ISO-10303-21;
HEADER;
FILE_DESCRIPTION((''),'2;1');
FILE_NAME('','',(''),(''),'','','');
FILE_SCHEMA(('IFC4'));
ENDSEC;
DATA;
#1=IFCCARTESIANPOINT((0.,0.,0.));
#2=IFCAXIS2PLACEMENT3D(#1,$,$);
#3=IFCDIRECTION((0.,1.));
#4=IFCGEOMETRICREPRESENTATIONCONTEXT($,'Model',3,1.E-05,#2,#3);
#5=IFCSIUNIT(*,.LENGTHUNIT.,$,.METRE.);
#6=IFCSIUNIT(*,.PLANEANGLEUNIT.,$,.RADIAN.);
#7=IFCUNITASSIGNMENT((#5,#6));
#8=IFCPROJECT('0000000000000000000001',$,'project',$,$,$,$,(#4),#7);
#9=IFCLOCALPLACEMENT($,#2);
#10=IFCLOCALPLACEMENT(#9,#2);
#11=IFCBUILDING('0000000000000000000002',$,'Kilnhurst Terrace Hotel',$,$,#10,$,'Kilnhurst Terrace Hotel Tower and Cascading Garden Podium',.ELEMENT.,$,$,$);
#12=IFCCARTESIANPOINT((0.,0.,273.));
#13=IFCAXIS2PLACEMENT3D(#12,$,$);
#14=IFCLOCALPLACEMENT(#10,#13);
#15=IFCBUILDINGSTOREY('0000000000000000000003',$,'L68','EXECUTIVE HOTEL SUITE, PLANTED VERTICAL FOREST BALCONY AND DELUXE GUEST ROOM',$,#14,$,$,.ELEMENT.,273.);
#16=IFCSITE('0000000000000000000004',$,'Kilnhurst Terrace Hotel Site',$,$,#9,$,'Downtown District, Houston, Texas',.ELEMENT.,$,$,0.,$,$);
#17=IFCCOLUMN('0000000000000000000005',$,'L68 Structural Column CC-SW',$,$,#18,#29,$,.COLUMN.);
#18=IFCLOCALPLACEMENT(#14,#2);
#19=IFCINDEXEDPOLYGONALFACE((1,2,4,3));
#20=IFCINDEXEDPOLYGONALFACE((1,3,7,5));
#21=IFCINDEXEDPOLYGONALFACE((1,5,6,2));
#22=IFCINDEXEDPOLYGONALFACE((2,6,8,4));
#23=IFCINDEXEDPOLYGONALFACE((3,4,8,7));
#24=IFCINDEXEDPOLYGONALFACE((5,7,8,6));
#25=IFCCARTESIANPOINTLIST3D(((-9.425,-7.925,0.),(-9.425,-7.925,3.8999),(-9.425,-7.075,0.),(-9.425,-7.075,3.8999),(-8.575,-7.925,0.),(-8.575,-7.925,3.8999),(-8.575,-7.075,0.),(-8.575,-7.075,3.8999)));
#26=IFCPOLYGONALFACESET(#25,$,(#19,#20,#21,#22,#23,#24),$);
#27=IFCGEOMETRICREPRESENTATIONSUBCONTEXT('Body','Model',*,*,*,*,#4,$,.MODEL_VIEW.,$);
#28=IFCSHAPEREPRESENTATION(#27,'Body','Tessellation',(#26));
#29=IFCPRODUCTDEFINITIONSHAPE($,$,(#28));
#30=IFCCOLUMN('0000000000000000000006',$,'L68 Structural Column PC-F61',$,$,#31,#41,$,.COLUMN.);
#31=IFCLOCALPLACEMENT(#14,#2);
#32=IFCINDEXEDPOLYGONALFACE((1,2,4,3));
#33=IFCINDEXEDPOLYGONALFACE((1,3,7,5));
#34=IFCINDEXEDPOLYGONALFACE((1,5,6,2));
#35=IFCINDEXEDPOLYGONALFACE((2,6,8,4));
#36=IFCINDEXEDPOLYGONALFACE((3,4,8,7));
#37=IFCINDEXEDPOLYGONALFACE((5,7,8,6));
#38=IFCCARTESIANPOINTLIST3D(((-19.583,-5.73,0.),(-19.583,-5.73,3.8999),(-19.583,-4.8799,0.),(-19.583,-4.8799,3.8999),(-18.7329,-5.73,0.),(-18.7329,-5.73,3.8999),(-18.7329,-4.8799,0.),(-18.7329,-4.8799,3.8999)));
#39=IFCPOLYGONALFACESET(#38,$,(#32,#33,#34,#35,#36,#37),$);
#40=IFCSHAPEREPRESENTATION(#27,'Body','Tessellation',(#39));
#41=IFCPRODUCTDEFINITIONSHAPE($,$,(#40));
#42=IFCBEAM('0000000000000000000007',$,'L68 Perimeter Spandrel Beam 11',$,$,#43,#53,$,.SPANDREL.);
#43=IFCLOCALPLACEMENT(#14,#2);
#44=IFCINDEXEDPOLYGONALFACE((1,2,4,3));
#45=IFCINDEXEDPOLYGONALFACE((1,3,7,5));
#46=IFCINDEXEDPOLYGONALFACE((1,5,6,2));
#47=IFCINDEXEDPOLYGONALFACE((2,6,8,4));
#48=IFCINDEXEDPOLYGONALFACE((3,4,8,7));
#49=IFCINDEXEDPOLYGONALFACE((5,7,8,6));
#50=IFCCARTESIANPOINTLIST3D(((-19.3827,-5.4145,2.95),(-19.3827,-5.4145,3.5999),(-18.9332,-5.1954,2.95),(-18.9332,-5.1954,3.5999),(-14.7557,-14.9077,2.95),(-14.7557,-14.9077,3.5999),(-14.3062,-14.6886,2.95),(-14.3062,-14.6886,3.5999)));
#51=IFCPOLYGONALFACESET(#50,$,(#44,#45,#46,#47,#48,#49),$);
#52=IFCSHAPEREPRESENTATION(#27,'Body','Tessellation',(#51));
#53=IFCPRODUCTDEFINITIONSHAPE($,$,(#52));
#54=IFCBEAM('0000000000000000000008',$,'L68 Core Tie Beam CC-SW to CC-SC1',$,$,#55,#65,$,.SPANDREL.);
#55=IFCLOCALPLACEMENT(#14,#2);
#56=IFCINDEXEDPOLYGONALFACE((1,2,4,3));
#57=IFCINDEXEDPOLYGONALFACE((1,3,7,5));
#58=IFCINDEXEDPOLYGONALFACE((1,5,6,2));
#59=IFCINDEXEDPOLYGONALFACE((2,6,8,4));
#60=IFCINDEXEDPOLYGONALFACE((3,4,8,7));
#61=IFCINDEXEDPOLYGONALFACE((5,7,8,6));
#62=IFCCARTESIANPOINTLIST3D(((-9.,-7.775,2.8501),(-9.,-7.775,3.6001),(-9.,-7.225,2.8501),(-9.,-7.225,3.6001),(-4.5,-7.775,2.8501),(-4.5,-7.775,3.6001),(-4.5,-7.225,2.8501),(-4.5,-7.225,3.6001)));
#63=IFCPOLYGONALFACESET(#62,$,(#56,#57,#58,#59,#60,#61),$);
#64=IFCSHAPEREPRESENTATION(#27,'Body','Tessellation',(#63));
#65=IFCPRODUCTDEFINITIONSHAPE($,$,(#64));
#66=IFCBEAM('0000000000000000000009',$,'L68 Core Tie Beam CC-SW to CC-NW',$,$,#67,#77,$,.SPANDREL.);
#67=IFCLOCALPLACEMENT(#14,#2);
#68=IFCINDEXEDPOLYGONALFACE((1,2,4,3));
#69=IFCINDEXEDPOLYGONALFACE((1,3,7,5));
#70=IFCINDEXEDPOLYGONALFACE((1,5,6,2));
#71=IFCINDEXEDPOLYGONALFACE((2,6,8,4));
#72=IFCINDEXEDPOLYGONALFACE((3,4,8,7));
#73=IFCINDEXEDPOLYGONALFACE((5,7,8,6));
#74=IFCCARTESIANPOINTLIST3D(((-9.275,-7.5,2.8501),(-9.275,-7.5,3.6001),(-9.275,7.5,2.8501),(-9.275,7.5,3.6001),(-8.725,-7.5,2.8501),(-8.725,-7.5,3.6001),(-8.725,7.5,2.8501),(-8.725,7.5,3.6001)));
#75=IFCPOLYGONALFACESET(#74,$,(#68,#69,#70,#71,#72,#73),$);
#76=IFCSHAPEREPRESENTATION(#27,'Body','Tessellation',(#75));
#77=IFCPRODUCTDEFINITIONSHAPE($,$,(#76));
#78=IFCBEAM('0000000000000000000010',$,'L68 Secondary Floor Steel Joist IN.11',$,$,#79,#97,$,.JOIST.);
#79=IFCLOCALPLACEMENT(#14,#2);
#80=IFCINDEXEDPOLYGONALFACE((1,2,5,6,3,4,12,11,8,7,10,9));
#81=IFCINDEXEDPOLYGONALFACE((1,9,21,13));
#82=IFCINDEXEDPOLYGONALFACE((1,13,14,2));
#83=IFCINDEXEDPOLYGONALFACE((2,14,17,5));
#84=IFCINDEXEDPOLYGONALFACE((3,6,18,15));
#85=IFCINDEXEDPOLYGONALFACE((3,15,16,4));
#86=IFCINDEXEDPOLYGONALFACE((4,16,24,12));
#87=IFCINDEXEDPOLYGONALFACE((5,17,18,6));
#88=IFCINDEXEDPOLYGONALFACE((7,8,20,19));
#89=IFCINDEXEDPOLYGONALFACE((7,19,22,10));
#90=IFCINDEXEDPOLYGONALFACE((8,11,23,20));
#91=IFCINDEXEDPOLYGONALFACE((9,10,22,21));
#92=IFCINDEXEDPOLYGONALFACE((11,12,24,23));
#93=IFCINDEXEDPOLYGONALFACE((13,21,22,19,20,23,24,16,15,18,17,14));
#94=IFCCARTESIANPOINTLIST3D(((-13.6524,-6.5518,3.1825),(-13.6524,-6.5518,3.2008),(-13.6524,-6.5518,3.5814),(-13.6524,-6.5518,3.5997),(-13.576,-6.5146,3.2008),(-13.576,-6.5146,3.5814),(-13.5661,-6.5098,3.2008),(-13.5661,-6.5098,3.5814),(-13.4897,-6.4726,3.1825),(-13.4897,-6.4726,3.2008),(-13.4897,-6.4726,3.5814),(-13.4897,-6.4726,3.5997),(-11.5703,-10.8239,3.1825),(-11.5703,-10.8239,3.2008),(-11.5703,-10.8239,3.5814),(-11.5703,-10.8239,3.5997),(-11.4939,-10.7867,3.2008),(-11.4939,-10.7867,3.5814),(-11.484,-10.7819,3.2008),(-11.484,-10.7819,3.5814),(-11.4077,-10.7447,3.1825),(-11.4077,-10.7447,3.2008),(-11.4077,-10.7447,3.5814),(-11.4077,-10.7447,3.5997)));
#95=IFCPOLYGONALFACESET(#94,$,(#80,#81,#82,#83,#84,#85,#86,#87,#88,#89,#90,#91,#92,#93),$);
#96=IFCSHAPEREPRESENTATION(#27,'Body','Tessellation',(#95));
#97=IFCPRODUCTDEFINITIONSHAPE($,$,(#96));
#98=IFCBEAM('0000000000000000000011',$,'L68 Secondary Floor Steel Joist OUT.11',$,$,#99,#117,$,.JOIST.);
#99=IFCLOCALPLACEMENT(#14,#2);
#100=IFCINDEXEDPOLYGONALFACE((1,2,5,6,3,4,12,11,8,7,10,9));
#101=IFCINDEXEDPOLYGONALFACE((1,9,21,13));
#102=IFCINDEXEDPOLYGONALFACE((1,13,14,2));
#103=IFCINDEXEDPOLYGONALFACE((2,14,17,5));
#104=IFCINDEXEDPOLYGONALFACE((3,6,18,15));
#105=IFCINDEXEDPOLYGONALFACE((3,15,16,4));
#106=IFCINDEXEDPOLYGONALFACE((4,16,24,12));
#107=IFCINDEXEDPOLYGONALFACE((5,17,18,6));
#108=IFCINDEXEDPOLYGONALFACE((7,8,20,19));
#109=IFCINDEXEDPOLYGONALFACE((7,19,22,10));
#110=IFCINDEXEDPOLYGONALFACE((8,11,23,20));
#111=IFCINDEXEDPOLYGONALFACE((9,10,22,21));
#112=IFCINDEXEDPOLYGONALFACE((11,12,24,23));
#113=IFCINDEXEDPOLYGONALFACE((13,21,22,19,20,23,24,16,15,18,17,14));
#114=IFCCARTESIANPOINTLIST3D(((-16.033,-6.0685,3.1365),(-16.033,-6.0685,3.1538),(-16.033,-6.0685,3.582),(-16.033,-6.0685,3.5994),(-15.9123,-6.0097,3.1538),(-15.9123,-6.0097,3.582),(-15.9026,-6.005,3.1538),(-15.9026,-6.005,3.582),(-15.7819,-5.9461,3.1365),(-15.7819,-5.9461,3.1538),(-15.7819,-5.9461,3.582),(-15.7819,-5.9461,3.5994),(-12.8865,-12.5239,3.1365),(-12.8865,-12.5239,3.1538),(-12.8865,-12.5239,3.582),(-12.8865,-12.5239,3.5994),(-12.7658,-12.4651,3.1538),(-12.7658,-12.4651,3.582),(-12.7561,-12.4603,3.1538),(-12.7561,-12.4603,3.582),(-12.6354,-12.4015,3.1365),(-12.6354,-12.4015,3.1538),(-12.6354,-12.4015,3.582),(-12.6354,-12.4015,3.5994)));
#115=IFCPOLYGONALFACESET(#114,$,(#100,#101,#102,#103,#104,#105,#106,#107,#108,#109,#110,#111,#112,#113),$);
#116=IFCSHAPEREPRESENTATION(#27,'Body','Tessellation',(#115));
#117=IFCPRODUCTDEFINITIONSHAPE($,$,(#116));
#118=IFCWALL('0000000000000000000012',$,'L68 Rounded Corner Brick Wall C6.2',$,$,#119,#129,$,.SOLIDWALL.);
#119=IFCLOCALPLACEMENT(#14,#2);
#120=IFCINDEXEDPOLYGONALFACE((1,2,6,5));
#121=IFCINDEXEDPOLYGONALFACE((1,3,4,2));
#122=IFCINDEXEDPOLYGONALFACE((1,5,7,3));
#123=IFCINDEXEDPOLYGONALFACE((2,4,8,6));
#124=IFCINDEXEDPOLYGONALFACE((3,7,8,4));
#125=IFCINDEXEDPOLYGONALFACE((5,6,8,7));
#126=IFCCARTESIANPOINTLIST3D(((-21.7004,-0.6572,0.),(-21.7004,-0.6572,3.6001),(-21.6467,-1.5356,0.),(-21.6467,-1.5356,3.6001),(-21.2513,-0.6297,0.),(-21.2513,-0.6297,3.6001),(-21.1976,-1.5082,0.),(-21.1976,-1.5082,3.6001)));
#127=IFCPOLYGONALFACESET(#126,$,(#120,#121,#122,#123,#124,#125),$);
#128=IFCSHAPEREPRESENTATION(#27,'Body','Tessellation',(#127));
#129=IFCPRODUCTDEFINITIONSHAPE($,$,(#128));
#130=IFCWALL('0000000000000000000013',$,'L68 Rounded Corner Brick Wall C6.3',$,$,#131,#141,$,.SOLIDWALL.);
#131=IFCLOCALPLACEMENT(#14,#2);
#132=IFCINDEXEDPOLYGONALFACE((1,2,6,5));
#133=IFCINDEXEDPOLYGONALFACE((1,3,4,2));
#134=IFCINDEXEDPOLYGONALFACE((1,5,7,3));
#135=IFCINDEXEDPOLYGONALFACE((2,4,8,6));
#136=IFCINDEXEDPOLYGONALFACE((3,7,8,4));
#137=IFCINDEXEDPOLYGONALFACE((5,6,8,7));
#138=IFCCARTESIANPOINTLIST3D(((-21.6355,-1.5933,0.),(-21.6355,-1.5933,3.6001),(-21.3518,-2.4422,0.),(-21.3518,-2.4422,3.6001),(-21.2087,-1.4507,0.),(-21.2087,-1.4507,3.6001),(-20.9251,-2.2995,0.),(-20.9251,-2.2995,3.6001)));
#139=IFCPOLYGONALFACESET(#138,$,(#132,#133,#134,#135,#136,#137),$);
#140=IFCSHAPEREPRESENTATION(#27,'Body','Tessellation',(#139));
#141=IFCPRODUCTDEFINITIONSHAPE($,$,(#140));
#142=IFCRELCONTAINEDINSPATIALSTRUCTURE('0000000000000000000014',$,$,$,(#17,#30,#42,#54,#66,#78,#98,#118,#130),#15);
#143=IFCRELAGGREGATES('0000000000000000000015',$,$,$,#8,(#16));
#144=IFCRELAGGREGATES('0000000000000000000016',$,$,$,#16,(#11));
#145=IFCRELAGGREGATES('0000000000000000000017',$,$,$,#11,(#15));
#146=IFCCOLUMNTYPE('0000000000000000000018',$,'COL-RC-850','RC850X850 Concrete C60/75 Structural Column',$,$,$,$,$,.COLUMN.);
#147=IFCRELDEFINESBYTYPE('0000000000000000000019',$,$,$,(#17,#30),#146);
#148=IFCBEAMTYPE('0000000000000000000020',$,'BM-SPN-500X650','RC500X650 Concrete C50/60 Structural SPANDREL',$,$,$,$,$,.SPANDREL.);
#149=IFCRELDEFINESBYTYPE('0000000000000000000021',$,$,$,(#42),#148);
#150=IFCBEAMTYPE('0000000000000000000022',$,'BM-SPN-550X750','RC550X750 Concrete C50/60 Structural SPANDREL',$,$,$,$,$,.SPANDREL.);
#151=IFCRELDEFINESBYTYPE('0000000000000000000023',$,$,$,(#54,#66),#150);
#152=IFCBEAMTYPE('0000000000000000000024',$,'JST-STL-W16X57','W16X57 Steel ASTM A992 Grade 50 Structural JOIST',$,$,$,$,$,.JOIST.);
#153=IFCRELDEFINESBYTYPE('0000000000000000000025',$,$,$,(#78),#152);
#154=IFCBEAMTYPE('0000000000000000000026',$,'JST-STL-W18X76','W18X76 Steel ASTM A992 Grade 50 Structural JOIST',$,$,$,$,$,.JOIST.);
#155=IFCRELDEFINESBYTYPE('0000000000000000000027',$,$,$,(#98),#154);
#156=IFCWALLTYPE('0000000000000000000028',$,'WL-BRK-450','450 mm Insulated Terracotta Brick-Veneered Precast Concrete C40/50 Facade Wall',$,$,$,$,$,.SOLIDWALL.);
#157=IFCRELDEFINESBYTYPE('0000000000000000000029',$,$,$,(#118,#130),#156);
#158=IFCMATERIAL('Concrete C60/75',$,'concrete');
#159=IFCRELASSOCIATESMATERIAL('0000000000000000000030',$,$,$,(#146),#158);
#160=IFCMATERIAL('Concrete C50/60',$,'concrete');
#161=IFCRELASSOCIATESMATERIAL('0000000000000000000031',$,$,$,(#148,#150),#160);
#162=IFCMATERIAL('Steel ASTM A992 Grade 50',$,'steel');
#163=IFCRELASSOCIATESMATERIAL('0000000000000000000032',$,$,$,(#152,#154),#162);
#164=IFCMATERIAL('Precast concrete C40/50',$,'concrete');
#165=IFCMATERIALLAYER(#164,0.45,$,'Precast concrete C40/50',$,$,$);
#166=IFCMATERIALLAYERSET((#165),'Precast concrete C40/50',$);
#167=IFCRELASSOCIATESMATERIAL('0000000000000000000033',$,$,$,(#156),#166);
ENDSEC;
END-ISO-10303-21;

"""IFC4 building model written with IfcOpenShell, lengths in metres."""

from ifc_helpers import new_model, si_unit, direction, frame, frame_2d, origin, origin_2d, place, context, subcontext, project, spatial, rectangle, i_section, extrude, material, layer, layer_set, material_profile, profile_set, type_object, element, save


model = new_model("IFC4")

# Units and contexts
model_context = context("Model", 3, precision=1e-05, world=origin(), true_north=direction((0.0, 1.0)))
body_context = subcontext(model_context, "Body", "Model", "MODEL_VIEW")
ifc_project = project(units=[si_unit("LENGTHUNIT", "METRE"), si_unit("PLANEANGLEUNIT", "RADIAN")], contexts=[model_context])

# Site, building, storey
site_placement = place(None, origin())
site = spatial("IfcSite", under=ifc_project, at=site_placement, Name="Kilnhurst Terrace Hotel Site", LongName="Downtown District, Houston, Texas", CompositionType="ELEMENT", RefElevation=0.0)
building_placement = place(site_placement, origin())
building = spatial("IfcBuilding", under=site, at=building_placement, Name="Kilnhurst Terrace Hotel", LongName="Kilnhurst Terrace Hotel Tower and Cascading Garden Podium", CompositionType="ELEMENT")
storey_placement = place(building_placement, frame((0.0, 0.0, 273.0)))
storey = spatial("IfcBuildingStorey", under=building, at=storey_placement, Name="L68", Description="EXECUTIVE HOTEL SUITE, PLANTED VERTICAL FOREST BALCONY AND DELUXE GUEST ROOM", CompositionType="ELEMENT", Elevation=273.0)

# Columns
ifc_material_1 = material(Name="Concrete C60/75", Category="concrete")
ifc_material_profile_1 = material_profile(ifc_material_1, rectangle(XDim=0.8501, YDim=0.8501, at=origin_2d()), Name="RC850X850")
ifc_profile_set_1 = profile_set([ifc_material_profile_1], Name="Concrete C60/75")
column_type = type_object("IfcColumnType", Name="COL-RC-850", Description="RC850X850 Concrete C60/75 Structural Column", PredefinedType="COLUMN", material=ifc_profile_set_1)
for number, where, z_axis, x_axis, name in (
    (1, (-9.0, -7.5, 0.0), (0.0, 0.0, 1.0), (1.0, 0.0, 0.0), "L68 Structural Column CC-SW"),
    (2, (-19.158, -5.3049, 0.0), (0.0, 0.0, 1.0), (1.0, 0.0, 0.0), "L68 Structural Column PC-F61"),
):
    element("IfcColumn", number, at=place(storey_placement, frame(where, z_axis=z_axis, x_axis=x_axis)), inside=storey, type_object=column_type, Name=name, PredefinedType="COLUMN", context=body_context, shape_type="SweptSolid", body=[
        extrude(rectangle(XDim=0.8501, YDim=0.8501, at=origin_2d()), origin(), (0.0, 0.0, 1.0), 3.8999),
    ])

# Beams
ifc_material_2 = material(Name="Concrete C50/60", Category="concrete")
ifc_material_profile_2 = material_profile(ifc_material_2, rectangle(XDim=0.5, YDim=0.6499, at=origin_2d()), Name="RC500X650")
ifc_profile_set_2 = profile_set([ifc_material_profile_2], Name="Concrete C50/60")
beam_type_1 = type_object("IfcBeamType", Name="BM-SPN-500X650", Description="RC500X650 Concrete C50/60 Structural SPANDREL", PredefinedType="SPANDREL", material=ifc_profile_set_2)
beam_1_placement = place(storey_placement, frame((-19.158, -5.3049, 3.2749), z_axis=(0.438128, -0.898912, 0.0), x_axis=(0.898912, 0.438128, 0.0)))
element("IfcBeam", 3, at=beam_1_placement, inside=storey, type_object=beam_type_1, Name="L68 Perimeter Spandrel Beam 11", PredefinedType="SPANDREL", context=body_context, shape_type="SweptSolid", body=[
    extrude(rectangle(XDim=0.5, YDim=0.6499, at=origin_2d()), origin(), (0.0, 0.0, 1.0), 10.5608),
])
ifc_material_profile_3 = material_profile(ifc_material_2, rectangle(XDim=0.55, YDim=0.75, at=origin_2d()), Name="RC550X750")
ifc_profile_set_3 = profile_set([ifc_material_profile_3], Name="Concrete C50/60")
beam_type_2 = type_object("IfcBeamType", Name="BM-SPN-550X750", Description="RC550X750 Concrete C50/60 Structural SPANDREL", PredefinedType="SPANDREL", material=ifc_profile_set_3)
beam_2_placement = place(storey_placement, frame((-9.0, -7.5, 3.2251), z_axis=(1.0, 0.0, 0.0), x_axis=(0.0, 1.0, 0.0)))
element("IfcBeam", 4, at=beam_2_placement, inside=storey, type_object=beam_type_2, Name="L68 Core Tie Beam CC-SW to CC-SC1", PredefinedType="SPANDREL", context=body_context, shape_type="SweptSolid", body=[
    extrude(rectangle(XDim=0.55, YDim=0.75, at=origin_2d()), origin(), (0.0, 0.0, 1.0), 4.5),
])
beam_3_placement = place(storey_placement, frame((-9.0, -7.5, 3.2251), z_axis=(0.0, 1.0, 0.0), x_axis=(-1.0, 0.0, 0.0)))
element("IfcBeam", 5, at=beam_3_placement, inside=storey, type_object=beam_type_2, Name="L68 Core Tie Beam CC-SW to CC-NW", PredefinedType="SPANDREL", context=body_context, shape_type="SweptSolid", body=[
    extrude(rectangle(XDim=0.55, YDim=0.75, at=origin_2d()), origin(), (0.0, 0.0, 1.0), 15.0),
])
ifc_material_3 = material(Name="Steel ASTM A992 Grade 50", Category="steel")
ifc_material_profile_4 = material_profile(ifc_material_3, i_section(OverallWidth=0.1809, OverallDepth=0.4172, WebThickness=0.011, FlangeThickness=0.0183, at=origin_2d()), Name="W16X57")
ifc_profile_set_4 = profile_set([ifc_material_profile_4], Name="Steel ASTM A992 Grade 50")
beam_type_3 = type_object("IfcBeamType", Name="JST-STL-W16X57", Description="W16X57 Steel ASTM A992 Grade 50 Structural JOIST", PredefinedType="JOIST", material=ifc_profile_set_4)
beam_4_placement = place(storey_placement, frame((-13.571, -6.5122, 3.3911), z_axis=(0.438108, -0.898922, 0.0), x_axis=(0.898922, 0.438108, 0.0)))
element("IfcBeam", 6, at=beam_4_placement, inside=storey, type_object=beam_type_3, Name="L68 Secondary Floor Steel Joist IN.11", PredefinedType="JOIST", context=body_context, shape_type="SweptSolid", body=[
    extrude(i_section(OverallWidth=0.1809, OverallDepth=0.4172, WebThickness=0.011, FlangeThickness=0.0183, at=origin_2d()), origin(), (0.0, 0.0, 1.0), 4.7524),
])
ifc_material_profile_5 = material_profile(ifc_material_3, i_section(OverallWidth=0.2793, OverallDepth=0.4629, WebThickness=0.0107, FlangeThickness=0.0173, at=origin_2d()), Name="W18X76")
ifc_profile_set_5 = profile_set([ifc_material_profile_5], Name="Steel ASTM A992 Grade 50")
beam_type_4 = type_object("IfcBeamType", Name="JST-STL-W18X76", Description="W18X76 Steel ASTM A992 Grade 50 Structural JOIST", PredefinedType="JOIST", material=ifc_profile_set_5)
beam_5_placement = place(storey_placement, frame((-15.9075, -6.0073, 3.3679), z_axis=(0.438148, -0.898903, 0.0), x_axis=(0.898903, 0.438148, 0.0)))
element("IfcBeam", 7, at=beam_5_placement, inside=storey, type_object=beam_type_4, Name="L68 Secondary Floor Steel Joist OUT.11", PredefinedType="JOIST", context=body_context, shape_type="SweptSolid", body=[
    extrude(i_section(OverallWidth=0.2793, OverallDepth=0.4629, WebThickness=0.0107, FlangeThickness=0.0173, at=origin_2d()), origin(), (0.0, 0.0, 1.0), 7.1814),
])

# Walls
ifc_material_4 = material(Name="Precast concrete C40/50", Category="concrete")
ifc_layer_1 = layer(ifc_material_4, 0.45, Name="Precast concrete C40/50")
ifc_layer_set_1 = layer_set([ifc_layer_1], Name="Precast concrete C40/50")
wall_type_1 = type_object("IfcWallType", Name="WL-BRK-450", Description="450 mm Insulated Terracotta Brick-Veneered Precast Concrete C40/50 Facade Wall", PredefinedType="SOLIDWALL", material=ifc_layer_set_1)
wall_1_placement = place(storey_placement, frame((-21.4758, -0.6436, 0.0), z_axis=(0.0, 0.0, 1.0), x_axis=(0.061031, -0.998136, 0.0)))
element("IfcWall", 8, at=wall_1_placement, inside=storey, type_object=wall_type_1, Name="L68 Rounded Corner Brick Wall C6.2", PredefinedType="SOLIDWALL", context=body_context, shape_type="SweptSolid", body=[
    extrude(rectangle(XDim=0.8801, YDim=0.45, at=frame_2d((0.4399, 0.0))), origin(), (0.0, 0.0, 1.0), 3.6001),
])
wall_2_placement = place(storey_placement, frame((-21.4221, -1.522, 0.0), z_axis=(0.0, 0.0, 1.0), x_axis=(0.316964, -0.948438, 0.0)))
element("IfcWall", 9, at=wall_2_placement, inside=storey, type_object=wall_type_1, Name="L68 Rounded Corner Brick Wall C6.3", PredefinedType="SOLIDWALL", context=body_context, shape_type="SweptSolid", body=[
    extrude(rectangle(XDim=0.895, YDim=0.45, at=frame_2d((0.4475, 0.0))), origin(), (0.0, 0.0, 1.0), 3.6001),
])

save(model, "model.ifc")
